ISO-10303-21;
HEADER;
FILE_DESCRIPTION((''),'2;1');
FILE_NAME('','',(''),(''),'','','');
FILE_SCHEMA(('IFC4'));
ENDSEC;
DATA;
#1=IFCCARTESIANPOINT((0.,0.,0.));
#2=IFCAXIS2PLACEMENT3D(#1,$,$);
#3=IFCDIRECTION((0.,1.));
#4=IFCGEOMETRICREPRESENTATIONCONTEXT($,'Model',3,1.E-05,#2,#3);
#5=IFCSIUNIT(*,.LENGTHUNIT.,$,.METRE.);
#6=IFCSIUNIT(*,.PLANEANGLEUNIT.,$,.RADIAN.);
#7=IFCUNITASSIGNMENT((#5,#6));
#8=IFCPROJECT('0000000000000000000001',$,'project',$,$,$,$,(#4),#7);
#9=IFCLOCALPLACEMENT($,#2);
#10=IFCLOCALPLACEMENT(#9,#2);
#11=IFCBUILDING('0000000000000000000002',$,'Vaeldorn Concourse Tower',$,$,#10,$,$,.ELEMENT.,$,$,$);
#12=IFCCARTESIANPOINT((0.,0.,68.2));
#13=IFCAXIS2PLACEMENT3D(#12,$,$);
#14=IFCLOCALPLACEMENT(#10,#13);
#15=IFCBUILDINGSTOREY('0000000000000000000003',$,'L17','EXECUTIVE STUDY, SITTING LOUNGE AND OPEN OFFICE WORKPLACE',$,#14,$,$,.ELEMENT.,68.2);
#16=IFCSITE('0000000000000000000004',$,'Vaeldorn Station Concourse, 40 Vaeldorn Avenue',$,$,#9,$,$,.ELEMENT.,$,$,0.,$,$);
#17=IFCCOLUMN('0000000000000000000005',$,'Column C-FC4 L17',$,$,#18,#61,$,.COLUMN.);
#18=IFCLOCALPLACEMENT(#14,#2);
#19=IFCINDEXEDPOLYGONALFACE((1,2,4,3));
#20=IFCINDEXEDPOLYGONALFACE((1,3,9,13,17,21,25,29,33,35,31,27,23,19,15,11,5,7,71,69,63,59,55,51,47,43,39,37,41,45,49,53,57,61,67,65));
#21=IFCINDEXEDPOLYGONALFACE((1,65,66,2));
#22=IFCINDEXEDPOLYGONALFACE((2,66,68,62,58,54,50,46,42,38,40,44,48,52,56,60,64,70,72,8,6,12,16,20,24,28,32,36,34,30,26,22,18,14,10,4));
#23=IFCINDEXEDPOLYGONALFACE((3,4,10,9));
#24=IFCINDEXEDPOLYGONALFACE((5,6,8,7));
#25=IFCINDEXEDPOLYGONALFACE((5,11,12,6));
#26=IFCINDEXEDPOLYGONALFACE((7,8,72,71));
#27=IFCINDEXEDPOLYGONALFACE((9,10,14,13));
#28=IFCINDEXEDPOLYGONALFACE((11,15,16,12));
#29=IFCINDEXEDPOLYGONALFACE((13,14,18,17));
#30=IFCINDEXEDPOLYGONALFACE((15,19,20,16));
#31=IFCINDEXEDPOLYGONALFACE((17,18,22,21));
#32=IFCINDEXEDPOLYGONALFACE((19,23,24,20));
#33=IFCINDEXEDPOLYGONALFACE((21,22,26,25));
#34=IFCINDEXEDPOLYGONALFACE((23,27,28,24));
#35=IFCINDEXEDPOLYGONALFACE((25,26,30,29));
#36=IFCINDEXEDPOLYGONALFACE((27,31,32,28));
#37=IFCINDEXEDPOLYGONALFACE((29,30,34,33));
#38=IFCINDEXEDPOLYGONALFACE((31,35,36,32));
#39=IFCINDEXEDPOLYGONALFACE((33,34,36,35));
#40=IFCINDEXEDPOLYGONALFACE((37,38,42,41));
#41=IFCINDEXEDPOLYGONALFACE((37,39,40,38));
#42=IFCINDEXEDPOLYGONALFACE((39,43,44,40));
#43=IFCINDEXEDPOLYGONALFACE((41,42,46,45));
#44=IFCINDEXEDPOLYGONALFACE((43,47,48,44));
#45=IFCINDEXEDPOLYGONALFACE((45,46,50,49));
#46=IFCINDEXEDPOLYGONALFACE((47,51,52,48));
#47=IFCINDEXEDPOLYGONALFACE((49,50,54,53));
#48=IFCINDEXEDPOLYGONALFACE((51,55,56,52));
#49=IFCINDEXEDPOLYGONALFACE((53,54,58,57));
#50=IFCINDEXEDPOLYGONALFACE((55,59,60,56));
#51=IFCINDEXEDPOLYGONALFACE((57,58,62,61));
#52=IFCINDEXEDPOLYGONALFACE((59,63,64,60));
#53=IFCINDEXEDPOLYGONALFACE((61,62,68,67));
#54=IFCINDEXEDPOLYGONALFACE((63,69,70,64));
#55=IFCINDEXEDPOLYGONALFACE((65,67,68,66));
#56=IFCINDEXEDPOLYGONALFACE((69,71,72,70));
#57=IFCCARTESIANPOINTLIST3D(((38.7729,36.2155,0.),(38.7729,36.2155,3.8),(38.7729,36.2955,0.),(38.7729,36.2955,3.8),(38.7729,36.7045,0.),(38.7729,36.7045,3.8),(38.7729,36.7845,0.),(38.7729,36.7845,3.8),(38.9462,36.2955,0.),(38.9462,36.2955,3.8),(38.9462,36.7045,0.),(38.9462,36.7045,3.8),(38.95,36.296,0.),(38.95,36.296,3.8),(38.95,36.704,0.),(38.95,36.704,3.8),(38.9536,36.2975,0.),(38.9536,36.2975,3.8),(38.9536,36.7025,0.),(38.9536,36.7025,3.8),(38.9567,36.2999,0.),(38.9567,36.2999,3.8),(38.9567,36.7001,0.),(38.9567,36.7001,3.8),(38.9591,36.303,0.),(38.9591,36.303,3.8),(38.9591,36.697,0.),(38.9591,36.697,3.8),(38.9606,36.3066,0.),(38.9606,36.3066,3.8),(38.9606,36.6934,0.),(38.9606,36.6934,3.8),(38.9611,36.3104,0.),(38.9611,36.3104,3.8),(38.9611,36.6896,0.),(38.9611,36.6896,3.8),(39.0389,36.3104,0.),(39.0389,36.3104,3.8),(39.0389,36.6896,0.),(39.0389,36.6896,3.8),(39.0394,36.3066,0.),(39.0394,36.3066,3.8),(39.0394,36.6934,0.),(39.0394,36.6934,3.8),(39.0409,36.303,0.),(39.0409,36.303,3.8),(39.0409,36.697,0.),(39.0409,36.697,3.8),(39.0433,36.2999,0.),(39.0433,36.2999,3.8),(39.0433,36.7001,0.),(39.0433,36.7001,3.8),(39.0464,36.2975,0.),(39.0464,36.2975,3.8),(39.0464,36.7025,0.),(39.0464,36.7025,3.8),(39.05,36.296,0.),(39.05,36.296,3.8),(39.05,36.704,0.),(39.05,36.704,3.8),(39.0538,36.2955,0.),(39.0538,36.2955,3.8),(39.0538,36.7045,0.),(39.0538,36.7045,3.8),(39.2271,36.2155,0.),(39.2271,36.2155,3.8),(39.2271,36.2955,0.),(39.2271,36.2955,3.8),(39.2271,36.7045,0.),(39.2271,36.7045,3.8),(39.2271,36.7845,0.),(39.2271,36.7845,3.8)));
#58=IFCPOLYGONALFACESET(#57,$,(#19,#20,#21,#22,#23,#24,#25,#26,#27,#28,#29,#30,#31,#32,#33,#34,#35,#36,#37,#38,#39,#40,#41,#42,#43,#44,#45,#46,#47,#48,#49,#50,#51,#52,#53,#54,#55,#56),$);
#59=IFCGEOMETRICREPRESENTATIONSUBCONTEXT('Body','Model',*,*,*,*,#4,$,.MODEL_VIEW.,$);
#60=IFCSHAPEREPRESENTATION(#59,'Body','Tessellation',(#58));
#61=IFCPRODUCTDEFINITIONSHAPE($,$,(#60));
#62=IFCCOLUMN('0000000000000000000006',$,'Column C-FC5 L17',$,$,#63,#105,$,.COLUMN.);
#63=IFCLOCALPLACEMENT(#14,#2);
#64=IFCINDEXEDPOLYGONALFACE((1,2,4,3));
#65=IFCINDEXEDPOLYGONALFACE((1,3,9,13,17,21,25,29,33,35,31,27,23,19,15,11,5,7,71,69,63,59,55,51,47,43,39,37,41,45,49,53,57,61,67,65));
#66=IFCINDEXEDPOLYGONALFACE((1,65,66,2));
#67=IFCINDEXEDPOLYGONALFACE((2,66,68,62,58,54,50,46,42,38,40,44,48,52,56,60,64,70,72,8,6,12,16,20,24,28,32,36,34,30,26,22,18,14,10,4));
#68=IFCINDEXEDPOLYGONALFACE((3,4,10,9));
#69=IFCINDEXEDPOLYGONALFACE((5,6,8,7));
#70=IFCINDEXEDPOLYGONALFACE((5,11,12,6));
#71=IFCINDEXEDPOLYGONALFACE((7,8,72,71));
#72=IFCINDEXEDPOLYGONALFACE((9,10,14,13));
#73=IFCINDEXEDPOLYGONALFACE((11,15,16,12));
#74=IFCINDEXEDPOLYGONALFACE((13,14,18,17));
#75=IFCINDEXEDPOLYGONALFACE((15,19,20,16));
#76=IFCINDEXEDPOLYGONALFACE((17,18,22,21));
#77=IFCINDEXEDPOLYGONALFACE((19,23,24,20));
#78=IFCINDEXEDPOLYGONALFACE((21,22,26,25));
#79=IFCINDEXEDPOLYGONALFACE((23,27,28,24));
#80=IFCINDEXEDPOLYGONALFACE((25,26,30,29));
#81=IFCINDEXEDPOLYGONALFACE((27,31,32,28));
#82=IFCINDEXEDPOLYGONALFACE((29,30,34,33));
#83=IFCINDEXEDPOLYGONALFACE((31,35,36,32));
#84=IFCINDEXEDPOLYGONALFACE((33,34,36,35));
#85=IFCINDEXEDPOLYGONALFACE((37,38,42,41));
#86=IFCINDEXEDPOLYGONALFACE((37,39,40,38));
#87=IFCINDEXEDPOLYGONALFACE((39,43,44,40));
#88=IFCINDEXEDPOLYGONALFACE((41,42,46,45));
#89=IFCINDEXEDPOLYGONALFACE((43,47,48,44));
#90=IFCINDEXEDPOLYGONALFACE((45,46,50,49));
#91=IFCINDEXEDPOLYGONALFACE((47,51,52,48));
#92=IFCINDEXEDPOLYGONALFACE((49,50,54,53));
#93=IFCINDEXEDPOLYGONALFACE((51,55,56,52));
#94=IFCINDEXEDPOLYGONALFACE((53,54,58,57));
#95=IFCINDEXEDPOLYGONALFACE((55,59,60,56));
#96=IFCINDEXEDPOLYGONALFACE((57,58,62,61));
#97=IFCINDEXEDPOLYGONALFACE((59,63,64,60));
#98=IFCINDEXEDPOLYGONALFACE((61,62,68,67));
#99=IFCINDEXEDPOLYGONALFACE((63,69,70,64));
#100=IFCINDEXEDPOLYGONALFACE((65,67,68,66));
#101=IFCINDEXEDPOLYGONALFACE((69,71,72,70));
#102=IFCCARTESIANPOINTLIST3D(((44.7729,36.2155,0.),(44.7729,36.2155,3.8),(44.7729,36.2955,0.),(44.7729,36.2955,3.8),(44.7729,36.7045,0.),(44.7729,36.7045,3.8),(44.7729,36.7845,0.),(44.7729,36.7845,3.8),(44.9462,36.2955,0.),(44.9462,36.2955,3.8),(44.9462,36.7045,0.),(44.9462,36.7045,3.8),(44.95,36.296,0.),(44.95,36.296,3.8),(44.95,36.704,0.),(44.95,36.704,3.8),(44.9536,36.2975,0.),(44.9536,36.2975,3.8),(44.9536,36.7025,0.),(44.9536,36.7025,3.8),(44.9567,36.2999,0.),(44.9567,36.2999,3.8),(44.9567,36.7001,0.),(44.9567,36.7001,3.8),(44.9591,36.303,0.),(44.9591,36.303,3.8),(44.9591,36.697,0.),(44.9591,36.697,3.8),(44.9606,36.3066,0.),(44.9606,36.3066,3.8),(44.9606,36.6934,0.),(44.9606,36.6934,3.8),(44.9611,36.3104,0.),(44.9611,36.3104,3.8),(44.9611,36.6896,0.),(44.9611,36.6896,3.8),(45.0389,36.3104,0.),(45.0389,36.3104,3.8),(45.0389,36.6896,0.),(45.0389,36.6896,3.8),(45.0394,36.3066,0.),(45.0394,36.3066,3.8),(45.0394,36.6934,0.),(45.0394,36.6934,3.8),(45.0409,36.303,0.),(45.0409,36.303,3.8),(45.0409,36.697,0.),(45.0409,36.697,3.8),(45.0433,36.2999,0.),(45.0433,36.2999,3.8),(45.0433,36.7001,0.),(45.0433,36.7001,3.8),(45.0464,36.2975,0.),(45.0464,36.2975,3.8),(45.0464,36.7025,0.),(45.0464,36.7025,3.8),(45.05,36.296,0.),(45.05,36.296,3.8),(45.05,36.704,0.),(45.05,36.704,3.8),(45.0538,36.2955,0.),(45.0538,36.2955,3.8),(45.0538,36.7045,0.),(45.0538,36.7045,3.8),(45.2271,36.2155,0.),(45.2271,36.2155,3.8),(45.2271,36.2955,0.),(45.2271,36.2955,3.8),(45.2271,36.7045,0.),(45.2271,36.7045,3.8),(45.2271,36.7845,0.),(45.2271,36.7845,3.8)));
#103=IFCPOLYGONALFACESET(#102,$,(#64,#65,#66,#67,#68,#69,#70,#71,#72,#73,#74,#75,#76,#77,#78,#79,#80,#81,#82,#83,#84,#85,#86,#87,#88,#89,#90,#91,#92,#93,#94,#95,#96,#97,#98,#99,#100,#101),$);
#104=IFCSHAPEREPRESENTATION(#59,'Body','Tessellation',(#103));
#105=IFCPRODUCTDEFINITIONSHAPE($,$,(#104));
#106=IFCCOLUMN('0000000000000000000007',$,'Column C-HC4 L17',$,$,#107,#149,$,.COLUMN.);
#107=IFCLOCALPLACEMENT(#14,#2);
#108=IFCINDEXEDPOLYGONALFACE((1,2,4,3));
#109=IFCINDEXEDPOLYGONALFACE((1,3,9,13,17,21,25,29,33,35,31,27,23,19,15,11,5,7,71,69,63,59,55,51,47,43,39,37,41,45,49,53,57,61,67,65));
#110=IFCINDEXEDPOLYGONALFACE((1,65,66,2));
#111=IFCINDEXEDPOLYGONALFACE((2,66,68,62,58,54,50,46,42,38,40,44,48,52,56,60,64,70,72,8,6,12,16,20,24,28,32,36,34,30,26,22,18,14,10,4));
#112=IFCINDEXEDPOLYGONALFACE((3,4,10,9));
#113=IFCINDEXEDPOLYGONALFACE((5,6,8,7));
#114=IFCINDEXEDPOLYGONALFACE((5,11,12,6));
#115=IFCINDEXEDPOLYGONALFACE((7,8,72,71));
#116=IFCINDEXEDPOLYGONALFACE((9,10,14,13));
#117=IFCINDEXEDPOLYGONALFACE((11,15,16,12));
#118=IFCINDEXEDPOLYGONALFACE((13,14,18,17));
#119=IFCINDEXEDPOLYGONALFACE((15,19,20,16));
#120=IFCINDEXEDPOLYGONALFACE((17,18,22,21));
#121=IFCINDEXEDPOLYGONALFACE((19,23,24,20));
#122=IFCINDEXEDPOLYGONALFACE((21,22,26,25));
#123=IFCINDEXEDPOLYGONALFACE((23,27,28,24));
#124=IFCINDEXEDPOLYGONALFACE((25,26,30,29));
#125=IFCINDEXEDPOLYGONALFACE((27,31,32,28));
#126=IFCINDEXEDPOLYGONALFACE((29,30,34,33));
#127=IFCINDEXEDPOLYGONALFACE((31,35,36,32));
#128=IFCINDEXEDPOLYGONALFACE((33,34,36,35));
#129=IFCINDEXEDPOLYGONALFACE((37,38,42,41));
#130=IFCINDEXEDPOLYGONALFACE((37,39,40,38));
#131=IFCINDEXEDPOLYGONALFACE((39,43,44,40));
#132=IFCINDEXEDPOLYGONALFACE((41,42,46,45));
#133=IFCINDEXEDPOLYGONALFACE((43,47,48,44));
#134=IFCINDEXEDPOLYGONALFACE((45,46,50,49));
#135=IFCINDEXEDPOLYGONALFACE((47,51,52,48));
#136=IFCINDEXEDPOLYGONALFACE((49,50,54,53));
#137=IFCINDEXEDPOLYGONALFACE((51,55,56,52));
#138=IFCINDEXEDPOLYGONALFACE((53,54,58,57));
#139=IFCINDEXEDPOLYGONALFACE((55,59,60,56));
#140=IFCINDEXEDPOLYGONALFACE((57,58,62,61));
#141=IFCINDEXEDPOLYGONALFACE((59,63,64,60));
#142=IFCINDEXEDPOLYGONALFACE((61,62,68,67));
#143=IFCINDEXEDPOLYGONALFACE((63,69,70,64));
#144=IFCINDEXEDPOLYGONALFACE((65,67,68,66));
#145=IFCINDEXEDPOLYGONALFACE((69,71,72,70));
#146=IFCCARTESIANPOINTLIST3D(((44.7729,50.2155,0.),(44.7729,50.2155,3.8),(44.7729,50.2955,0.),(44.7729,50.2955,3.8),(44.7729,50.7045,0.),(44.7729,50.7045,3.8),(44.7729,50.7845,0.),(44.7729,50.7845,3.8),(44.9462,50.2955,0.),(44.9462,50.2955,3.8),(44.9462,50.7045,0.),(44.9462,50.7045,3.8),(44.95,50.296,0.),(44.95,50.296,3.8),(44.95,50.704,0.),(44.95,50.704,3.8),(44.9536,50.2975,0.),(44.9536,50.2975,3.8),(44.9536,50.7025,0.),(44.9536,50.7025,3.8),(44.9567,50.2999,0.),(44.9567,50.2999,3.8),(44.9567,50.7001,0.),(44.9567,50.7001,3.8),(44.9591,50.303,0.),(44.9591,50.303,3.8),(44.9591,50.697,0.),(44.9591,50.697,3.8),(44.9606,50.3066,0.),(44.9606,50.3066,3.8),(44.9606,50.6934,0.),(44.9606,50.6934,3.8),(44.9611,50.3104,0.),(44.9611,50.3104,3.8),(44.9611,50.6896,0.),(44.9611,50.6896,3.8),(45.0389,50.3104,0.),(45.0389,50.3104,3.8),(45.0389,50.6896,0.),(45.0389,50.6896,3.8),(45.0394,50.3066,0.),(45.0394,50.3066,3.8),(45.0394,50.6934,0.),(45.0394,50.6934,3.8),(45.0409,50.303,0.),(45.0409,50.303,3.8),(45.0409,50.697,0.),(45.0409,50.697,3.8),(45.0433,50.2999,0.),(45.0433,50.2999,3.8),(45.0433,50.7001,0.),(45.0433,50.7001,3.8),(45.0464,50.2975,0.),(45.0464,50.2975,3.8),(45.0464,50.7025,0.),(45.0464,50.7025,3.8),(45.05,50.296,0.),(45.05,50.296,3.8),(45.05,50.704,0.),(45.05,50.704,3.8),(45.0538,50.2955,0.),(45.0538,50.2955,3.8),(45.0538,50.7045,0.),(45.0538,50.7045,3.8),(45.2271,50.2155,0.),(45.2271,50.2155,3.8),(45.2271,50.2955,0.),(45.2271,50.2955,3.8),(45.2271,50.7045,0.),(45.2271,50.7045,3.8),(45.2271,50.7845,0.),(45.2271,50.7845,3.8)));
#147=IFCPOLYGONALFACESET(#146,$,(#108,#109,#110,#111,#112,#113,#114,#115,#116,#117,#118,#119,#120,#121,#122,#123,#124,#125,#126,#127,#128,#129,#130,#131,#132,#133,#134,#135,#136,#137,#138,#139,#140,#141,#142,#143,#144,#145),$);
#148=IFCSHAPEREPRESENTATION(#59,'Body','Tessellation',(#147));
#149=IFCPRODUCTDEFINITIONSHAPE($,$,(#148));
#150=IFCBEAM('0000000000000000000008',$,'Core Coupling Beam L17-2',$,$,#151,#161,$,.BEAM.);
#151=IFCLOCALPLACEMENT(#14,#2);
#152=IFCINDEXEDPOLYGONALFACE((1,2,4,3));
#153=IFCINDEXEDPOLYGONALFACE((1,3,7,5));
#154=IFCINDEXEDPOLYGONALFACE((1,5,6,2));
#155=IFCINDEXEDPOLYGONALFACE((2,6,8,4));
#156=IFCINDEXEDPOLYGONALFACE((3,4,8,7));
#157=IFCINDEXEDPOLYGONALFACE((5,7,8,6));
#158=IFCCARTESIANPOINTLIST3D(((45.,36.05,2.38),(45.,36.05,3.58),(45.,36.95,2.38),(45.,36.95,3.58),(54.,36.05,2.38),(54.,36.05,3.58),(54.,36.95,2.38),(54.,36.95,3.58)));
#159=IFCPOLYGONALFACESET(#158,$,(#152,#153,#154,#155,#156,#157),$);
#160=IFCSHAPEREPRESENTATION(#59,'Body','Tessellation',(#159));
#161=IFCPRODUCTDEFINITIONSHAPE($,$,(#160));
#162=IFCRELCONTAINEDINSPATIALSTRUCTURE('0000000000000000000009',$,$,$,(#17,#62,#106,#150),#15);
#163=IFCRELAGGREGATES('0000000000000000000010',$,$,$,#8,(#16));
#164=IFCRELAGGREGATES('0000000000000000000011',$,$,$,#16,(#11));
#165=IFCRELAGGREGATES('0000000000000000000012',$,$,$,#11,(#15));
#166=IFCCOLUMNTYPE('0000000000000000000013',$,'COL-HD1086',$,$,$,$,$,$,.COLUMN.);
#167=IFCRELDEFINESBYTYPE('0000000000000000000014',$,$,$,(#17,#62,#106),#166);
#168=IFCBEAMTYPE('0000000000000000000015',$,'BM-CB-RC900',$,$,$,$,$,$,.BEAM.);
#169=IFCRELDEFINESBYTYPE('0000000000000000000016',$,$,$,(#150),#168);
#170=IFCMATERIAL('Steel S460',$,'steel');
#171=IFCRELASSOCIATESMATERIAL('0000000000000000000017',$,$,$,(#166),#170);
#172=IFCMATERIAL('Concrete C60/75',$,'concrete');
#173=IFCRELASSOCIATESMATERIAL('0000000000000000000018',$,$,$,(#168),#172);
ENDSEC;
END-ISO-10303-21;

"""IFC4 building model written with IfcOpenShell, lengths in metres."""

from ifc_helpers import new_model, si_unit, direction, frame, origin, origin_2d, place, context, subcontext, project, spatial, rectangle, i_section, extrude, source, transform, mapped, material, material_profile, profile_set, type_object, element, save


model = new_model("IFC4")

# Units and contexts
model_context = context("Model", 3, precision=1e-05, world=origin(), true_north=direction((0.0, 1.0)))
body_context = subcontext(model_context, "Body", "Model", "MODEL_VIEW")
ifc_project = project(units=[si_unit("LENGTHUNIT", "METRE"), si_unit("PLANEANGLEUNIT", "RADIAN")], contexts=[model_context])

# Site, building, storey
site_placement = place(None, origin())
site = spatial("IfcSite", under=ifc_project, at=site_placement, Name="Vaeldorn Station Concourse, 40 Vaeldorn Avenue", CompositionType="ELEMENT", RefElevation=0.0)
building_placement = place(site_placement, origin())
building = spatial("IfcBuilding", under=site, at=building_placement, Name="Vaeldorn Concourse Tower", CompositionType="ELEMENT")
storey_placement = place(building_placement, frame((0.0, 0.0, 68.2)))
storey = spatial("IfcBuildingStorey", under=building, at=storey_placement, Name="L17", Description="EXECUTIVE STUDY, SITTING LOUNGE AND OPEN OFFICE WORKPLACE", CompositionType="ELEMENT", Elevation=68.2)

# Columns
ifc_material_1 = material(Name="Steel S460", Category="steel")
ifc_material_profile_1 = material_profile(ifc_material_1, i_section(OverallWidth=0.4541, OverallDepth=0.5691, WebThickness=0.0779, FlangeThickness=0.0801, FilletRadius=0.0149, at=origin_2d()), Name="HD 400x1086")
ifc_profile_set_1 = profile_set([ifc_material_profile_1], Name="Steel S460")
column_type = type_object("IfcColumnType", Name="COL-HD1086", PredefinedType="COLUMN", material=ifc_profile_set_1)
shared_shape_1 = source(origin(), body_context, "Body", "SweptSolid", [
    extrude(i_section(OverallWidth=0.4541, OverallDepth=0.5691, WebThickness=0.0779, FlangeThickness=0.0801, FilletRadius=0.0149, at=origin_2d()), origin(), (0.0, 0.0, 1.0), 3.8),
])
for number, where, z_axis, x_axis, name in (
    (1, (39.0, 36.5, 0.0), (0.0, 0.0, 1.0), (1.0, 0.0, 0.0), "Column C-FC4 L17"),
    (2, (45.0, 36.5, 0.0), (0.0, 0.0, 1.0), (1.0, 0.0, 0.0), "Column C-FC5 L17"),
    (3, (45.0, 50.5, 0.0), (0.0, 0.0, 1.0), (1.0, 0.0, 0.0), "Column C-HC4 L17"),
):
    element("IfcColumn", number, at=place(storey_placement, frame(where, z_axis=z_axis, x_axis=x_axis)), inside=storey, type_object=column_type, Name=name, PredefinedType="COLUMN", context=body_context, shape_type="MappedRepresentation", body=[
        mapped(shared_shape_1, transform((0.0, 0.0, 0.0), scale=1.0)),
    ])

# Beam
ifc_material_2 = material(Name="Concrete C60/75", Category="concrete")
ifc_material_profile_2 = material_profile(ifc_material_2, rectangle(XDim=0.8999, YDim=1.2, at=origin_2d()), Name="RC 900x1200")
ifc_profile_set_2 = profile_set([ifc_material_profile_2], Name="Concrete C60/75")
beam_type_1 = type_object("IfcBeamType", Name="BM-CB-RC900", PredefinedType="BEAM", material=ifc_profile_set_2)
shared_shape_2 = source(origin(), body_context, "Body", "SweptSolid", [
    extrude(rectangle(XDim=0.8999, YDim=1.2, at=origin_2d()), origin(), (0.0, 0.0, 1.0), 9.0),
])
beam_1_placement = place(storey_placement, frame((45.0, 36.5, 2.98), z_axis=(1.0, 0.0, 0.0), x_axis=(0.0, 1.0, 0.0)))
element("IfcBeam", 4, at=beam_1_placement, inside=storey, type_object=beam_type_1, Name="Core Coupling Beam L17-2", PredefinedType="BEAM", context=body_context, shape_type="MappedRepresentation", body=[
    mapped(shared_shape_2, transform((0.0, 0.0, 0.0), scale=1.0)),
])

save(model, "model.ifc")
